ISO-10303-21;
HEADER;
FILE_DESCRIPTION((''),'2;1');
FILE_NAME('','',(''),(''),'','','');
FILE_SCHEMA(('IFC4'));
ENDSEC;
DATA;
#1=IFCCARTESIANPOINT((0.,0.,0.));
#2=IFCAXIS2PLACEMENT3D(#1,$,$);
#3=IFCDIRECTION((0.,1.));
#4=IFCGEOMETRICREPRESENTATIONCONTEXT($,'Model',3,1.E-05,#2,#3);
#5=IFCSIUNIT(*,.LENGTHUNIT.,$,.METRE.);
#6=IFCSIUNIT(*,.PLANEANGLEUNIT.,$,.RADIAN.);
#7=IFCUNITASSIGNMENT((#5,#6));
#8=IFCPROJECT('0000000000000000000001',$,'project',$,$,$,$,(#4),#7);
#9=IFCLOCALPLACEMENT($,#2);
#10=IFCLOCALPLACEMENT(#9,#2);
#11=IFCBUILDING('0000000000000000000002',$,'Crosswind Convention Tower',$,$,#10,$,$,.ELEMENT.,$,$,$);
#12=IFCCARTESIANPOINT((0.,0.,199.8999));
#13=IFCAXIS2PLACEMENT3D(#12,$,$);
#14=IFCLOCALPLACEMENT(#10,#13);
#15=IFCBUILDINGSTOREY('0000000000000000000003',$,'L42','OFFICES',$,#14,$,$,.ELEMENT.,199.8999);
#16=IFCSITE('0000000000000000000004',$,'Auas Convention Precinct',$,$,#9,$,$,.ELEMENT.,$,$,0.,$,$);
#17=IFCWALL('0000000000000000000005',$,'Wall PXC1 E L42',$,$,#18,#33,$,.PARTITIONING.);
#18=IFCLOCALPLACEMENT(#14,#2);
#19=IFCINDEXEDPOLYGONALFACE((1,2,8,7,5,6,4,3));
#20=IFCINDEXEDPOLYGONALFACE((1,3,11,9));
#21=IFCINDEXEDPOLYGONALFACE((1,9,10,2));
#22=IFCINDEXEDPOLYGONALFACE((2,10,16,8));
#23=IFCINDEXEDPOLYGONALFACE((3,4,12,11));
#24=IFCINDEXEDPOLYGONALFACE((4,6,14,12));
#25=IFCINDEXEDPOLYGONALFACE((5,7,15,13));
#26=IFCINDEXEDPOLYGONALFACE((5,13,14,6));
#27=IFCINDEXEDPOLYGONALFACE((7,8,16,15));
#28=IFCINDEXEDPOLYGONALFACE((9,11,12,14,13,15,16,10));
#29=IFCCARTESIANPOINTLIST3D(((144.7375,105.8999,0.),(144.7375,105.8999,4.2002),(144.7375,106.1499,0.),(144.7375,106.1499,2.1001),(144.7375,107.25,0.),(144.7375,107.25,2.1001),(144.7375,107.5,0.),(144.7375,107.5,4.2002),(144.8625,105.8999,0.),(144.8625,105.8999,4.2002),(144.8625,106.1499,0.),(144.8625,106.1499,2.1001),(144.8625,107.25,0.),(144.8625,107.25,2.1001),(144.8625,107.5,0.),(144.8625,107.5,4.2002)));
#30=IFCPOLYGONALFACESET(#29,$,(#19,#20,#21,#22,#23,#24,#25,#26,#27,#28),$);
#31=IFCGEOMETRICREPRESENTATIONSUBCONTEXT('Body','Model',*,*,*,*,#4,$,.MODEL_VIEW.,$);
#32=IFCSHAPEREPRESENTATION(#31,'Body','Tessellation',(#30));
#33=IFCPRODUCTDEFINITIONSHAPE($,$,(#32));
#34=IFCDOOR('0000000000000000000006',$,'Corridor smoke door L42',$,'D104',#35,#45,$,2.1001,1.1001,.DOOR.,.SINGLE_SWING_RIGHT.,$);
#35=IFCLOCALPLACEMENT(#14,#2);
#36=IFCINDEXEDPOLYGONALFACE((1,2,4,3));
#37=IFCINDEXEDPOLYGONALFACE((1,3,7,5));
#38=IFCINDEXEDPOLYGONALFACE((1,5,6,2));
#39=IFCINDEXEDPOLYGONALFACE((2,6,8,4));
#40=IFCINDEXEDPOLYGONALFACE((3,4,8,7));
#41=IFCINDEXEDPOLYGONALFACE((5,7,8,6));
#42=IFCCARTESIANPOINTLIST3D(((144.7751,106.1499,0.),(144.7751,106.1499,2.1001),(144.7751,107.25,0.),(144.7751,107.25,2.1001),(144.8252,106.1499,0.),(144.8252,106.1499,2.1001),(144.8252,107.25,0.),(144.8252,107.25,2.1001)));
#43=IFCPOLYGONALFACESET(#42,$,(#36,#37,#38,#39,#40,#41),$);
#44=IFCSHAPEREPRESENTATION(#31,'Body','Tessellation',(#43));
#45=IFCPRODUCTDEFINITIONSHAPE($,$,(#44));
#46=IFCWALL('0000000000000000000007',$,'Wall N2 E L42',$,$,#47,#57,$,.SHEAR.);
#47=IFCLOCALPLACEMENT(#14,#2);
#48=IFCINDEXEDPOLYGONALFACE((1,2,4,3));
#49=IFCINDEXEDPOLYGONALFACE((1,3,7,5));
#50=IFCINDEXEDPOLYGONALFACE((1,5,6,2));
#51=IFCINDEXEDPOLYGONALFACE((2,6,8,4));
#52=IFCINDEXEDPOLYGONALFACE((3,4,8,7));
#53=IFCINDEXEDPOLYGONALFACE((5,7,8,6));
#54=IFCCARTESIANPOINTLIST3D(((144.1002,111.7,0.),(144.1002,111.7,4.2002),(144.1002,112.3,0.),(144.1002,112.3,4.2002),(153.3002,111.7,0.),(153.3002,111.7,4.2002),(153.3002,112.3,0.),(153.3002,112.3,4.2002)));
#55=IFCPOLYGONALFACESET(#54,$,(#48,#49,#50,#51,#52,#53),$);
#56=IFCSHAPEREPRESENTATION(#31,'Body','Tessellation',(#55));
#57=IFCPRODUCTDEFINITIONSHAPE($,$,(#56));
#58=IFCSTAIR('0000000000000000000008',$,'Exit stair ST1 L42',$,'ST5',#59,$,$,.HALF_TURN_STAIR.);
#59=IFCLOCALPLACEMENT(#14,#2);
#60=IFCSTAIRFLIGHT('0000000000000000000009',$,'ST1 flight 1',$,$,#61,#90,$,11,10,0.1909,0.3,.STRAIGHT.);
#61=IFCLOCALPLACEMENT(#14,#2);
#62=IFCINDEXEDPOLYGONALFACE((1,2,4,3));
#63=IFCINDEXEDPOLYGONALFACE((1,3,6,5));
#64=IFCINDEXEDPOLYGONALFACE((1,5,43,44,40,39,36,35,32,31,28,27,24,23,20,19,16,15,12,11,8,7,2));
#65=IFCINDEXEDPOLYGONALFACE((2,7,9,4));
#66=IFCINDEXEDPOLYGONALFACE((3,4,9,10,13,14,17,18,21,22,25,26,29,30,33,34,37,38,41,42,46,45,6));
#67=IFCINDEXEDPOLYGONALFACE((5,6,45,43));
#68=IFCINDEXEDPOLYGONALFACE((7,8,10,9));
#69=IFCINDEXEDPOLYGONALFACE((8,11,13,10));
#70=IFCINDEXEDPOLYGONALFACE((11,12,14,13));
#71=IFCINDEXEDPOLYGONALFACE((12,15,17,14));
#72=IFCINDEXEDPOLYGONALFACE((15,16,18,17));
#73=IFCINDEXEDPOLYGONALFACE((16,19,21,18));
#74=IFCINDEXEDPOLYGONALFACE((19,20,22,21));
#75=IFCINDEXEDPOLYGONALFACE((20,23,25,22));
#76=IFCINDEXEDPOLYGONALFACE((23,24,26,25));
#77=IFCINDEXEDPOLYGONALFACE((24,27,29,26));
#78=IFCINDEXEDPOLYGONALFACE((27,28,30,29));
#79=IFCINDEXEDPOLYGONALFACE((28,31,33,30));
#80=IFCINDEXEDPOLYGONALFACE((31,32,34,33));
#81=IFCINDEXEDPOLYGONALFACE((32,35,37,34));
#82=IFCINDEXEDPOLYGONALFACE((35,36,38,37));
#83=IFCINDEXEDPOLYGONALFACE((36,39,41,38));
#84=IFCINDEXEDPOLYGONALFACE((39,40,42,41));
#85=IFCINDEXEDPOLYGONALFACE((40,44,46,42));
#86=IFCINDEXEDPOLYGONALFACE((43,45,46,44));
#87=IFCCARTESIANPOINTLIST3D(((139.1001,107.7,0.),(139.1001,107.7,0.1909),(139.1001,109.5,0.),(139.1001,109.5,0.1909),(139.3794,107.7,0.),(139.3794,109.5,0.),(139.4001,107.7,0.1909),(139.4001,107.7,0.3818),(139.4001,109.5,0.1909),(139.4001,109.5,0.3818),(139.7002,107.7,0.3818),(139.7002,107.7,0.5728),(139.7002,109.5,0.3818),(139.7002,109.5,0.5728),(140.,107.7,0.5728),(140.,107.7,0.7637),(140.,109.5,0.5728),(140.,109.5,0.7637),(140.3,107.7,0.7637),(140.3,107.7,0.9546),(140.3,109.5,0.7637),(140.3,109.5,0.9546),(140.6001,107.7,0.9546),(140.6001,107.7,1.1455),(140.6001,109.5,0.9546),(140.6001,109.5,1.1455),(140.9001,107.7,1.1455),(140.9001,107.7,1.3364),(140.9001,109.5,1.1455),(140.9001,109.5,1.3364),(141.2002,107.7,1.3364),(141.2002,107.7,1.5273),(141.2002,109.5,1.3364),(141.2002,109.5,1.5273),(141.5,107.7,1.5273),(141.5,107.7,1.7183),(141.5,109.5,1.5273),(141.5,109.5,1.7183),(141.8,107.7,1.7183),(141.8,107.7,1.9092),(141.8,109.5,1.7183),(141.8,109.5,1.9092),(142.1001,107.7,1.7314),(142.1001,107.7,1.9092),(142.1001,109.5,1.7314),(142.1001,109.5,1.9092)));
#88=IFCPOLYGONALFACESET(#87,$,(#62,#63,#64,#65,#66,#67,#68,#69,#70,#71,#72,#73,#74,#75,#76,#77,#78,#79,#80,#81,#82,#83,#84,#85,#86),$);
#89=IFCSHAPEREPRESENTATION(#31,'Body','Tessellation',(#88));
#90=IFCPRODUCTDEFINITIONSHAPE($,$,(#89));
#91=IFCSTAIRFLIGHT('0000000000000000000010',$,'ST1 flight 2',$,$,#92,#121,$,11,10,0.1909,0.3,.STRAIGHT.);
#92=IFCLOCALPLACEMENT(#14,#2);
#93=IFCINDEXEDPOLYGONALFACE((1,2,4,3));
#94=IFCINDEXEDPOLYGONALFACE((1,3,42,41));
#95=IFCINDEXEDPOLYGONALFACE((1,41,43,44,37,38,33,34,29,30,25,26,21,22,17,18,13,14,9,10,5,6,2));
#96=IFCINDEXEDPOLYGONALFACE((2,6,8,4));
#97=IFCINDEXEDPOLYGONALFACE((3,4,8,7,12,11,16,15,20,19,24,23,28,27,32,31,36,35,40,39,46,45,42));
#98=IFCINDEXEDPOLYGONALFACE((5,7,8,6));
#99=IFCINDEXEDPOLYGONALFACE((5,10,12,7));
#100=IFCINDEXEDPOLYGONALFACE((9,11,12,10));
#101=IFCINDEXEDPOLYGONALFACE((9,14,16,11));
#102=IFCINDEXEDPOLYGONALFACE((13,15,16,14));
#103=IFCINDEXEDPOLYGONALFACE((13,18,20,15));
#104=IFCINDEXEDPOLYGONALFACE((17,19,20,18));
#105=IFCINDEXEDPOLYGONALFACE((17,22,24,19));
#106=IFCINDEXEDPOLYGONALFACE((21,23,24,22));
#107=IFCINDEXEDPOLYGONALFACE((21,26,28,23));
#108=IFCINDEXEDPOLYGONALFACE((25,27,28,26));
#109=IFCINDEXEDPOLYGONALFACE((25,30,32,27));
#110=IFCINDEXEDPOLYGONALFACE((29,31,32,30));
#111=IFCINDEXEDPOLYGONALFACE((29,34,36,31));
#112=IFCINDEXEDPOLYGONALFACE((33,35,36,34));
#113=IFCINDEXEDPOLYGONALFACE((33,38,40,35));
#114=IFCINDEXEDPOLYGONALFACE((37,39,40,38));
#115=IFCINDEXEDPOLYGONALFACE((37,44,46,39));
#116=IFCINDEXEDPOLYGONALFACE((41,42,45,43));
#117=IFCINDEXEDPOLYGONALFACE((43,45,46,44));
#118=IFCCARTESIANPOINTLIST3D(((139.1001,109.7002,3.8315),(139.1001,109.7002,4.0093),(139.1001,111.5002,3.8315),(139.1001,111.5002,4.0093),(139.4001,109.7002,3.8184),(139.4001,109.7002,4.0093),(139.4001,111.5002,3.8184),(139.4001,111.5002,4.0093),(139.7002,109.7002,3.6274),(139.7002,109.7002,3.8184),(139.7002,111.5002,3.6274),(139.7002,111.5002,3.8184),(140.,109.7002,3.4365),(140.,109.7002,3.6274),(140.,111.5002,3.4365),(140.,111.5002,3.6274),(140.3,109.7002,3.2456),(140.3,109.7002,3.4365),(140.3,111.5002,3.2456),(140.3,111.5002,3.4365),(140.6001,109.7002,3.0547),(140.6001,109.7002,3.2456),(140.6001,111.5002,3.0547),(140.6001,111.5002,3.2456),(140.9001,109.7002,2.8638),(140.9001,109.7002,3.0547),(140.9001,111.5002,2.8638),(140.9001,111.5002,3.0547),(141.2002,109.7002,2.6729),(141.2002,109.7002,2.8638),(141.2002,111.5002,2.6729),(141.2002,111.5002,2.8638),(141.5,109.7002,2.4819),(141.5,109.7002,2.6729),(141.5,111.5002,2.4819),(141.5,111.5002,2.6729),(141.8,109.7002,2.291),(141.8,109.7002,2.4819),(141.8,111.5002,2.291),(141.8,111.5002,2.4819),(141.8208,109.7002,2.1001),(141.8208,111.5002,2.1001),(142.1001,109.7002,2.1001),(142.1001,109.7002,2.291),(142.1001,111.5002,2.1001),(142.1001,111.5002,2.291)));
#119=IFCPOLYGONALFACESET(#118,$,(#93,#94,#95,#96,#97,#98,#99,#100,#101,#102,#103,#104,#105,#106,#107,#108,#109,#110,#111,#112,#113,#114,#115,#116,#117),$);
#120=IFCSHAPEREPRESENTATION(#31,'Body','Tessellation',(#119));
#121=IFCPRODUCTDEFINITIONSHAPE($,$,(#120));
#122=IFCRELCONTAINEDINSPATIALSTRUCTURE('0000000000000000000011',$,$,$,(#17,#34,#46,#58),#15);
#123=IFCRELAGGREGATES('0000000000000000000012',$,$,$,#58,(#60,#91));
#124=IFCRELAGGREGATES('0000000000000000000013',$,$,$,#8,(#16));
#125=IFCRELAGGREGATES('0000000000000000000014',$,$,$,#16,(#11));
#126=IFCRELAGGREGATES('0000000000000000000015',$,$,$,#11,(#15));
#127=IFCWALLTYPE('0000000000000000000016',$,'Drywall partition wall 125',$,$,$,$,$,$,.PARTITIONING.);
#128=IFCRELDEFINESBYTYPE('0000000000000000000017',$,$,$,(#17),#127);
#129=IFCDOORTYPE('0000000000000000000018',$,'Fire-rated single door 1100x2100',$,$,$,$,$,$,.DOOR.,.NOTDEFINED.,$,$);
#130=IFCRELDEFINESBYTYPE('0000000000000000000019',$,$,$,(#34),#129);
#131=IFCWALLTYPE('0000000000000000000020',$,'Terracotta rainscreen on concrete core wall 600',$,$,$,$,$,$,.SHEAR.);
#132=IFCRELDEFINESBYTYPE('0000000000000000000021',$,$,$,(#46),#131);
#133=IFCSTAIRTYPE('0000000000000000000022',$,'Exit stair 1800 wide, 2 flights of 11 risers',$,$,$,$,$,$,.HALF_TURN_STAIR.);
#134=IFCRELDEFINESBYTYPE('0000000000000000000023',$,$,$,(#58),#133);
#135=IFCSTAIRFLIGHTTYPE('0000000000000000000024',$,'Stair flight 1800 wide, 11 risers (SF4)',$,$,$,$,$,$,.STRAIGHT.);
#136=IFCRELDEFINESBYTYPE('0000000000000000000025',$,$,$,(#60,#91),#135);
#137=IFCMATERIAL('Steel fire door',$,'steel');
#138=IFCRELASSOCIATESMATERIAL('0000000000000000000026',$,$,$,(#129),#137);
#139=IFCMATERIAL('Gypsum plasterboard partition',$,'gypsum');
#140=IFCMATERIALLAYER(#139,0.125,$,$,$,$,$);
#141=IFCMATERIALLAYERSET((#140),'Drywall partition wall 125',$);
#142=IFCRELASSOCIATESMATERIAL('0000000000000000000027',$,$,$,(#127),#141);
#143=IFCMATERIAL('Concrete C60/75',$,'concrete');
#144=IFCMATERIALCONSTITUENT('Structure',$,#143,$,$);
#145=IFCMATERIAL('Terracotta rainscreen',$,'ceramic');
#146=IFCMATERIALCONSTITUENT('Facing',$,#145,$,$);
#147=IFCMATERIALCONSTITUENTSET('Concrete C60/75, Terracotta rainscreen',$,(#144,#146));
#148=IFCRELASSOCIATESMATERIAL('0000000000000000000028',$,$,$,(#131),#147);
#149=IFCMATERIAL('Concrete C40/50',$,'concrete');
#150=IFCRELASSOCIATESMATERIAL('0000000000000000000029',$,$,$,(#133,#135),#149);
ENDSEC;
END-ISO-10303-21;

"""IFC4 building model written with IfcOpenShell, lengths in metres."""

from ifc_helpers import new_model, si_unit, direction, frame, frame_2d, origin, place, context, subcontext, project, spatial, polyline, rectangle, outline, extrude, material, layer, layer_set, constituent, constituent_set, type_object, element, fill, aggregate, save


model = new_model("IFC4")

# Units and contexts
model_context = context("Model", 3, precision=1e-05, world=origin(), true_north=direction((0.0, 1.0)))
body_context = subcontext(model_context, "Body", "Model", "MODEL_VIEW")
ifc_project = project(units=[si_unit("LENGTHUNIT", "METRE"), si_unit("PLANEANGLEUNIT", "RADIAN")], contexts=[model_context])

# Site, building, storey
site_placement = place(None, origin())
site = spatial("IfcSite", under=ifc_project, at=site_placement, Name="Auas Convention Precinct", CompositionType="ELEMENT", RefElevation=0.0)
building_placement = place(site_placement, origin())
building = spatial("IfcBuilding", under=site, at=building_placement, Name="Crosswind Convention Tower", CompositionType="ELEMENT")
storey_placement = place(building_placement, frame((0.0, 0.0, 199.8999)))
storey = spatial("IfcBuildingStorey", under=building, at=storey_placement, Name="L42", Description="OFFICES", CompositionType="ELEMENT", Elevation=199.8999)

# Shared definitions
ifc_material_1 = material(Name="Steel fire door", Category="steel")
door_type_1 = type_object("IfcDoorType", Name="Fire-rated single door 1100x2100", OperationType="NOTDEFINED", PredefinedType="DOOR", material=ifc_material_1)

# Shared definitions
ifc_material_2 = material(Name="Gypsum plasterboard partition", Category="gypsum")
ifc_layer_1 = layer(ifc_material_2, 0.125)
ifc_layer_set_1 = layer_set([ifc_layer_1], Name="Drywall partition wall 125")
wall_type_1 = type_object("IfcWallType", Name="Drywall partition wall 125", PredefinedType="PARTITIONING", material=ifc_layer_set_1)

# Wall, opening, door
wall_1_placement = place(storey_placement, frame((144.8, 105.8999, 0.0), z_axis=(0.0, 0.0, 1.0), x_axis=(0.0, 1.0, 0.0)))
wall_1 = element("IfcWall", 1, at=wall_1_placement, inside=storey, type_object=wall_type_1, Name="Wall PXC1 E L42", PredefinedType="PARTITIONING", context=body_context, shape_type="SweptSolid", body=[
    extrude(rectangle(XDim=1.6001, YDim=0.125, at=frame_2d((0.8, 0.0))), origin(), (0.0, 0.0, 1.0), 4.2002),
])
opening_1_placement = place(wall_1_placement, frame((0.25, 0.0, 0.0)))
opening_1 = element("IfcOpeningElement", 2, at=opening_1_placement, cuts=wall_1, PredefinedType="OPENING", context=body_context, shape_type="SweptSolid", body=[
    extrude(rectangle(XDim=1.1001, YDim=2.1001, at=frame_2d((0.55, 1.05))), frame((0.0, 0.0725, 0.0), z_axis=(0.0, -1.0, 0.0), x_axis=(1.0, 0.0, 0.0)), (0.0, 0.0, 1.0), 0.145),
])
door_1_placement = place(opening_1_placement, origin())
door_1 = element("IfcDoor", 3, at=door_1_placement, inside=storey, type_object=door_type_1, Name="Corridor smoke door L42", ObjectType="D104", OperationType="SINGLE_SWING_RIGHT", OverallHeight=2.1001, OverallWidth=1.1001, PredefinedType="DOOR", context=body_context, shape_type="SweptSolid", body=[
    extrude(rectangle(XDim=1.1001, YDim=2.1001, at=frame_2d((0.55, 1.05))), frame((0.0, 0.0249, 0.0), z_axis=(0.0, -1.0, 0.0), x_axis=(1.0, 0.0, 0.0)), (0.0, 0.0, 1.0), 0.05),
])
fill(opening_1, door_1)

# Wall
ifc_material_3 = material(Name="Concrete C60/75", Category="concrete")
ifc_constituent_1 = constituent(ifc_material_3, Name="Structure")
ifc_material_4 = material(Name="Terracotta rainscreen", Category="ceramic")
ifc_constituent_2 = constituent(ifc_material_4, Name="Facing")
ifc_constituent_set = constituent_set(constituents=[ifc_constituent_1, ifc_constituent_2], Name="Concrete C60/75, Terracotta rainscreen")
wall_type_2 = type_object("IfcWallType", Name="Terracotta rainscreen on concrete core wall 600", PredefinedType="SHEAR", material=ifc_constituent_set)
wall_2_placement = place(storey_placement, frame((144.1001, 112.0, 0.0), z_axis=(0.0, 0.0, 1.0), x_axis=(1.0, 0.0, 0.0)))
element("IfcWall", 4, at=wall_2_placement, inside=storey, type_object=wall_type_2, Name="Wall N2 E L42", PredefinedType="SHEAR", context=body_context, shape_type="SweptSolid", body=[
    extrude(rectangle(XDim=9.2, YDim=0.6001, at=frame_2d((4.6001, 0.0))), origin(), (0.0, 0.0, 1.0), 4.2002),
])

# Stair, stair flights
ifc_material_5 = material(Name="Concrete C40/50", Category="concrete")
stair_type = type_object("IfcStairType", Name="Exit stair 1800 wide, 2 flights of 11 risers", PredefinedType="HALF_TURN_STAIR", material=ifc_material_5)
stair_placement = place(storey_placement, origin())
stair = element("IfcStair", 5, at=stair_placement, inside=storey, type_object=stair_type, Name="Exit stair ST1 L42", ObjectType="ST5", PredefinedType="HALF_TURN_STAIR")
stair_flight_type = type_object("IfcStairFlightType", Name="Stair flight 1800 wide, 11 risers (SF4)", PredefinedType="STRAIGHT", material=ifc_material_5)
stair_flight_1_placement = place(storey_placement, frame((139.1001, 108.6001, 0.0), z_axis=(0.0, 0.0, 1.0), x_axis=(1.0, 0.0, 0.0)))
stair_flight_1 = element("IfcStairFlight", 6, at=stair_flight_1_placement, type_object=stair_flight_type, Name="ST1 flight 1", NumberOfRisers=11, NumberOfTreads=10, PredefinedType="STRAIGHT", RiserHeight=0.1909, TreadLength=0.3, context=body_context, shape_type="SweptSolid", body=[
    extrude(outline(polyline([(0.0, 0.0), (0.0, 0.1909), (0.3, 0.1909), (0.3, 0.3818), (0.6001, 0.3818), (0.6001, 0.5728), (0.8999, 0.5728), (0.8999, 0.7637), (1.2, 0.7637), (1.2, 0.9546), (1.5, 0.9546), (1.5, 1.1455), (1.8, 1.1455), (1.8, 1.3364), (2.1001, 1.3364), (2.1001, 1.5273), (2.3999, 1.5273), (2.3999, 1.7183), (2.7, 1.7183), (2.7, 1.9092), (3.0, 1.9092), (3.0, 2.1001), (3.0, 1.7314), (0.2793, 0.0), (0.0, 0.0)])), frame((0.0, 0.8999, 0.0), z_axis=(0.0, -1.0, 0.0), x_axis=(1.0, 0.0, 0.0)), (0.0, 0.0, 1.0), 1.8),
])
stair_flight_2_placement = place(storey_placement, frame((142.1001, 110.6001, 2.1001), z_axis=(0.0, 0.0, 1.0), x_axis=(-1.0, 0.0, 0.0)))
stair_flight_2 = element("IfcStairFlight", 7, at=stair_flight_2_placement, type_object=stair_flight_type, Name="ST1 flight 2", NumberOfRisers=11, NumberOfTreads=10, PredefinedType="STRAIGHT", RiserHeight=0.1909, TreadLength=0.3, context=body_context, shape_type="SweptSolid", body=[
    extrude(outline(polyline([(0.0, 0.0), (0.0, 0.1909), (0.3, 0.1909), (0.3, 0.3818), (0.6001, 0.3818), (0.6001, 0.5728), (0.8999, 0.5728), (0.8999, 0.7637), (1.2, 0.7637), (1.2, 0.9546), (1.5, 0.9546), (1.5, 1.1455), (1.8, 1.1455), (1.8, 1.3364), (2.1001, 1.3364), (2.1001, 1.5273), (2.3999, 1.5273), (2.3999, 1.7183), (2.7, 1.7183), (2.7, 1.9092), (3.0, 1.9092), (3.0, 2.1001), (3.0, 1.7314), (0.2793, 0.0), (0.0, 0.0)])), frame((0.0, 0.8999, 0.0), z_axis=(0.0, -1.0, 0.0), x_axis=(1.0, 0.0, 0.0)), (0.0, 0.0, 1.0), 1.8),
])
aggregate(stair, [stair_flight_1, stair_flight_2])

save(model, "model.ifc")
